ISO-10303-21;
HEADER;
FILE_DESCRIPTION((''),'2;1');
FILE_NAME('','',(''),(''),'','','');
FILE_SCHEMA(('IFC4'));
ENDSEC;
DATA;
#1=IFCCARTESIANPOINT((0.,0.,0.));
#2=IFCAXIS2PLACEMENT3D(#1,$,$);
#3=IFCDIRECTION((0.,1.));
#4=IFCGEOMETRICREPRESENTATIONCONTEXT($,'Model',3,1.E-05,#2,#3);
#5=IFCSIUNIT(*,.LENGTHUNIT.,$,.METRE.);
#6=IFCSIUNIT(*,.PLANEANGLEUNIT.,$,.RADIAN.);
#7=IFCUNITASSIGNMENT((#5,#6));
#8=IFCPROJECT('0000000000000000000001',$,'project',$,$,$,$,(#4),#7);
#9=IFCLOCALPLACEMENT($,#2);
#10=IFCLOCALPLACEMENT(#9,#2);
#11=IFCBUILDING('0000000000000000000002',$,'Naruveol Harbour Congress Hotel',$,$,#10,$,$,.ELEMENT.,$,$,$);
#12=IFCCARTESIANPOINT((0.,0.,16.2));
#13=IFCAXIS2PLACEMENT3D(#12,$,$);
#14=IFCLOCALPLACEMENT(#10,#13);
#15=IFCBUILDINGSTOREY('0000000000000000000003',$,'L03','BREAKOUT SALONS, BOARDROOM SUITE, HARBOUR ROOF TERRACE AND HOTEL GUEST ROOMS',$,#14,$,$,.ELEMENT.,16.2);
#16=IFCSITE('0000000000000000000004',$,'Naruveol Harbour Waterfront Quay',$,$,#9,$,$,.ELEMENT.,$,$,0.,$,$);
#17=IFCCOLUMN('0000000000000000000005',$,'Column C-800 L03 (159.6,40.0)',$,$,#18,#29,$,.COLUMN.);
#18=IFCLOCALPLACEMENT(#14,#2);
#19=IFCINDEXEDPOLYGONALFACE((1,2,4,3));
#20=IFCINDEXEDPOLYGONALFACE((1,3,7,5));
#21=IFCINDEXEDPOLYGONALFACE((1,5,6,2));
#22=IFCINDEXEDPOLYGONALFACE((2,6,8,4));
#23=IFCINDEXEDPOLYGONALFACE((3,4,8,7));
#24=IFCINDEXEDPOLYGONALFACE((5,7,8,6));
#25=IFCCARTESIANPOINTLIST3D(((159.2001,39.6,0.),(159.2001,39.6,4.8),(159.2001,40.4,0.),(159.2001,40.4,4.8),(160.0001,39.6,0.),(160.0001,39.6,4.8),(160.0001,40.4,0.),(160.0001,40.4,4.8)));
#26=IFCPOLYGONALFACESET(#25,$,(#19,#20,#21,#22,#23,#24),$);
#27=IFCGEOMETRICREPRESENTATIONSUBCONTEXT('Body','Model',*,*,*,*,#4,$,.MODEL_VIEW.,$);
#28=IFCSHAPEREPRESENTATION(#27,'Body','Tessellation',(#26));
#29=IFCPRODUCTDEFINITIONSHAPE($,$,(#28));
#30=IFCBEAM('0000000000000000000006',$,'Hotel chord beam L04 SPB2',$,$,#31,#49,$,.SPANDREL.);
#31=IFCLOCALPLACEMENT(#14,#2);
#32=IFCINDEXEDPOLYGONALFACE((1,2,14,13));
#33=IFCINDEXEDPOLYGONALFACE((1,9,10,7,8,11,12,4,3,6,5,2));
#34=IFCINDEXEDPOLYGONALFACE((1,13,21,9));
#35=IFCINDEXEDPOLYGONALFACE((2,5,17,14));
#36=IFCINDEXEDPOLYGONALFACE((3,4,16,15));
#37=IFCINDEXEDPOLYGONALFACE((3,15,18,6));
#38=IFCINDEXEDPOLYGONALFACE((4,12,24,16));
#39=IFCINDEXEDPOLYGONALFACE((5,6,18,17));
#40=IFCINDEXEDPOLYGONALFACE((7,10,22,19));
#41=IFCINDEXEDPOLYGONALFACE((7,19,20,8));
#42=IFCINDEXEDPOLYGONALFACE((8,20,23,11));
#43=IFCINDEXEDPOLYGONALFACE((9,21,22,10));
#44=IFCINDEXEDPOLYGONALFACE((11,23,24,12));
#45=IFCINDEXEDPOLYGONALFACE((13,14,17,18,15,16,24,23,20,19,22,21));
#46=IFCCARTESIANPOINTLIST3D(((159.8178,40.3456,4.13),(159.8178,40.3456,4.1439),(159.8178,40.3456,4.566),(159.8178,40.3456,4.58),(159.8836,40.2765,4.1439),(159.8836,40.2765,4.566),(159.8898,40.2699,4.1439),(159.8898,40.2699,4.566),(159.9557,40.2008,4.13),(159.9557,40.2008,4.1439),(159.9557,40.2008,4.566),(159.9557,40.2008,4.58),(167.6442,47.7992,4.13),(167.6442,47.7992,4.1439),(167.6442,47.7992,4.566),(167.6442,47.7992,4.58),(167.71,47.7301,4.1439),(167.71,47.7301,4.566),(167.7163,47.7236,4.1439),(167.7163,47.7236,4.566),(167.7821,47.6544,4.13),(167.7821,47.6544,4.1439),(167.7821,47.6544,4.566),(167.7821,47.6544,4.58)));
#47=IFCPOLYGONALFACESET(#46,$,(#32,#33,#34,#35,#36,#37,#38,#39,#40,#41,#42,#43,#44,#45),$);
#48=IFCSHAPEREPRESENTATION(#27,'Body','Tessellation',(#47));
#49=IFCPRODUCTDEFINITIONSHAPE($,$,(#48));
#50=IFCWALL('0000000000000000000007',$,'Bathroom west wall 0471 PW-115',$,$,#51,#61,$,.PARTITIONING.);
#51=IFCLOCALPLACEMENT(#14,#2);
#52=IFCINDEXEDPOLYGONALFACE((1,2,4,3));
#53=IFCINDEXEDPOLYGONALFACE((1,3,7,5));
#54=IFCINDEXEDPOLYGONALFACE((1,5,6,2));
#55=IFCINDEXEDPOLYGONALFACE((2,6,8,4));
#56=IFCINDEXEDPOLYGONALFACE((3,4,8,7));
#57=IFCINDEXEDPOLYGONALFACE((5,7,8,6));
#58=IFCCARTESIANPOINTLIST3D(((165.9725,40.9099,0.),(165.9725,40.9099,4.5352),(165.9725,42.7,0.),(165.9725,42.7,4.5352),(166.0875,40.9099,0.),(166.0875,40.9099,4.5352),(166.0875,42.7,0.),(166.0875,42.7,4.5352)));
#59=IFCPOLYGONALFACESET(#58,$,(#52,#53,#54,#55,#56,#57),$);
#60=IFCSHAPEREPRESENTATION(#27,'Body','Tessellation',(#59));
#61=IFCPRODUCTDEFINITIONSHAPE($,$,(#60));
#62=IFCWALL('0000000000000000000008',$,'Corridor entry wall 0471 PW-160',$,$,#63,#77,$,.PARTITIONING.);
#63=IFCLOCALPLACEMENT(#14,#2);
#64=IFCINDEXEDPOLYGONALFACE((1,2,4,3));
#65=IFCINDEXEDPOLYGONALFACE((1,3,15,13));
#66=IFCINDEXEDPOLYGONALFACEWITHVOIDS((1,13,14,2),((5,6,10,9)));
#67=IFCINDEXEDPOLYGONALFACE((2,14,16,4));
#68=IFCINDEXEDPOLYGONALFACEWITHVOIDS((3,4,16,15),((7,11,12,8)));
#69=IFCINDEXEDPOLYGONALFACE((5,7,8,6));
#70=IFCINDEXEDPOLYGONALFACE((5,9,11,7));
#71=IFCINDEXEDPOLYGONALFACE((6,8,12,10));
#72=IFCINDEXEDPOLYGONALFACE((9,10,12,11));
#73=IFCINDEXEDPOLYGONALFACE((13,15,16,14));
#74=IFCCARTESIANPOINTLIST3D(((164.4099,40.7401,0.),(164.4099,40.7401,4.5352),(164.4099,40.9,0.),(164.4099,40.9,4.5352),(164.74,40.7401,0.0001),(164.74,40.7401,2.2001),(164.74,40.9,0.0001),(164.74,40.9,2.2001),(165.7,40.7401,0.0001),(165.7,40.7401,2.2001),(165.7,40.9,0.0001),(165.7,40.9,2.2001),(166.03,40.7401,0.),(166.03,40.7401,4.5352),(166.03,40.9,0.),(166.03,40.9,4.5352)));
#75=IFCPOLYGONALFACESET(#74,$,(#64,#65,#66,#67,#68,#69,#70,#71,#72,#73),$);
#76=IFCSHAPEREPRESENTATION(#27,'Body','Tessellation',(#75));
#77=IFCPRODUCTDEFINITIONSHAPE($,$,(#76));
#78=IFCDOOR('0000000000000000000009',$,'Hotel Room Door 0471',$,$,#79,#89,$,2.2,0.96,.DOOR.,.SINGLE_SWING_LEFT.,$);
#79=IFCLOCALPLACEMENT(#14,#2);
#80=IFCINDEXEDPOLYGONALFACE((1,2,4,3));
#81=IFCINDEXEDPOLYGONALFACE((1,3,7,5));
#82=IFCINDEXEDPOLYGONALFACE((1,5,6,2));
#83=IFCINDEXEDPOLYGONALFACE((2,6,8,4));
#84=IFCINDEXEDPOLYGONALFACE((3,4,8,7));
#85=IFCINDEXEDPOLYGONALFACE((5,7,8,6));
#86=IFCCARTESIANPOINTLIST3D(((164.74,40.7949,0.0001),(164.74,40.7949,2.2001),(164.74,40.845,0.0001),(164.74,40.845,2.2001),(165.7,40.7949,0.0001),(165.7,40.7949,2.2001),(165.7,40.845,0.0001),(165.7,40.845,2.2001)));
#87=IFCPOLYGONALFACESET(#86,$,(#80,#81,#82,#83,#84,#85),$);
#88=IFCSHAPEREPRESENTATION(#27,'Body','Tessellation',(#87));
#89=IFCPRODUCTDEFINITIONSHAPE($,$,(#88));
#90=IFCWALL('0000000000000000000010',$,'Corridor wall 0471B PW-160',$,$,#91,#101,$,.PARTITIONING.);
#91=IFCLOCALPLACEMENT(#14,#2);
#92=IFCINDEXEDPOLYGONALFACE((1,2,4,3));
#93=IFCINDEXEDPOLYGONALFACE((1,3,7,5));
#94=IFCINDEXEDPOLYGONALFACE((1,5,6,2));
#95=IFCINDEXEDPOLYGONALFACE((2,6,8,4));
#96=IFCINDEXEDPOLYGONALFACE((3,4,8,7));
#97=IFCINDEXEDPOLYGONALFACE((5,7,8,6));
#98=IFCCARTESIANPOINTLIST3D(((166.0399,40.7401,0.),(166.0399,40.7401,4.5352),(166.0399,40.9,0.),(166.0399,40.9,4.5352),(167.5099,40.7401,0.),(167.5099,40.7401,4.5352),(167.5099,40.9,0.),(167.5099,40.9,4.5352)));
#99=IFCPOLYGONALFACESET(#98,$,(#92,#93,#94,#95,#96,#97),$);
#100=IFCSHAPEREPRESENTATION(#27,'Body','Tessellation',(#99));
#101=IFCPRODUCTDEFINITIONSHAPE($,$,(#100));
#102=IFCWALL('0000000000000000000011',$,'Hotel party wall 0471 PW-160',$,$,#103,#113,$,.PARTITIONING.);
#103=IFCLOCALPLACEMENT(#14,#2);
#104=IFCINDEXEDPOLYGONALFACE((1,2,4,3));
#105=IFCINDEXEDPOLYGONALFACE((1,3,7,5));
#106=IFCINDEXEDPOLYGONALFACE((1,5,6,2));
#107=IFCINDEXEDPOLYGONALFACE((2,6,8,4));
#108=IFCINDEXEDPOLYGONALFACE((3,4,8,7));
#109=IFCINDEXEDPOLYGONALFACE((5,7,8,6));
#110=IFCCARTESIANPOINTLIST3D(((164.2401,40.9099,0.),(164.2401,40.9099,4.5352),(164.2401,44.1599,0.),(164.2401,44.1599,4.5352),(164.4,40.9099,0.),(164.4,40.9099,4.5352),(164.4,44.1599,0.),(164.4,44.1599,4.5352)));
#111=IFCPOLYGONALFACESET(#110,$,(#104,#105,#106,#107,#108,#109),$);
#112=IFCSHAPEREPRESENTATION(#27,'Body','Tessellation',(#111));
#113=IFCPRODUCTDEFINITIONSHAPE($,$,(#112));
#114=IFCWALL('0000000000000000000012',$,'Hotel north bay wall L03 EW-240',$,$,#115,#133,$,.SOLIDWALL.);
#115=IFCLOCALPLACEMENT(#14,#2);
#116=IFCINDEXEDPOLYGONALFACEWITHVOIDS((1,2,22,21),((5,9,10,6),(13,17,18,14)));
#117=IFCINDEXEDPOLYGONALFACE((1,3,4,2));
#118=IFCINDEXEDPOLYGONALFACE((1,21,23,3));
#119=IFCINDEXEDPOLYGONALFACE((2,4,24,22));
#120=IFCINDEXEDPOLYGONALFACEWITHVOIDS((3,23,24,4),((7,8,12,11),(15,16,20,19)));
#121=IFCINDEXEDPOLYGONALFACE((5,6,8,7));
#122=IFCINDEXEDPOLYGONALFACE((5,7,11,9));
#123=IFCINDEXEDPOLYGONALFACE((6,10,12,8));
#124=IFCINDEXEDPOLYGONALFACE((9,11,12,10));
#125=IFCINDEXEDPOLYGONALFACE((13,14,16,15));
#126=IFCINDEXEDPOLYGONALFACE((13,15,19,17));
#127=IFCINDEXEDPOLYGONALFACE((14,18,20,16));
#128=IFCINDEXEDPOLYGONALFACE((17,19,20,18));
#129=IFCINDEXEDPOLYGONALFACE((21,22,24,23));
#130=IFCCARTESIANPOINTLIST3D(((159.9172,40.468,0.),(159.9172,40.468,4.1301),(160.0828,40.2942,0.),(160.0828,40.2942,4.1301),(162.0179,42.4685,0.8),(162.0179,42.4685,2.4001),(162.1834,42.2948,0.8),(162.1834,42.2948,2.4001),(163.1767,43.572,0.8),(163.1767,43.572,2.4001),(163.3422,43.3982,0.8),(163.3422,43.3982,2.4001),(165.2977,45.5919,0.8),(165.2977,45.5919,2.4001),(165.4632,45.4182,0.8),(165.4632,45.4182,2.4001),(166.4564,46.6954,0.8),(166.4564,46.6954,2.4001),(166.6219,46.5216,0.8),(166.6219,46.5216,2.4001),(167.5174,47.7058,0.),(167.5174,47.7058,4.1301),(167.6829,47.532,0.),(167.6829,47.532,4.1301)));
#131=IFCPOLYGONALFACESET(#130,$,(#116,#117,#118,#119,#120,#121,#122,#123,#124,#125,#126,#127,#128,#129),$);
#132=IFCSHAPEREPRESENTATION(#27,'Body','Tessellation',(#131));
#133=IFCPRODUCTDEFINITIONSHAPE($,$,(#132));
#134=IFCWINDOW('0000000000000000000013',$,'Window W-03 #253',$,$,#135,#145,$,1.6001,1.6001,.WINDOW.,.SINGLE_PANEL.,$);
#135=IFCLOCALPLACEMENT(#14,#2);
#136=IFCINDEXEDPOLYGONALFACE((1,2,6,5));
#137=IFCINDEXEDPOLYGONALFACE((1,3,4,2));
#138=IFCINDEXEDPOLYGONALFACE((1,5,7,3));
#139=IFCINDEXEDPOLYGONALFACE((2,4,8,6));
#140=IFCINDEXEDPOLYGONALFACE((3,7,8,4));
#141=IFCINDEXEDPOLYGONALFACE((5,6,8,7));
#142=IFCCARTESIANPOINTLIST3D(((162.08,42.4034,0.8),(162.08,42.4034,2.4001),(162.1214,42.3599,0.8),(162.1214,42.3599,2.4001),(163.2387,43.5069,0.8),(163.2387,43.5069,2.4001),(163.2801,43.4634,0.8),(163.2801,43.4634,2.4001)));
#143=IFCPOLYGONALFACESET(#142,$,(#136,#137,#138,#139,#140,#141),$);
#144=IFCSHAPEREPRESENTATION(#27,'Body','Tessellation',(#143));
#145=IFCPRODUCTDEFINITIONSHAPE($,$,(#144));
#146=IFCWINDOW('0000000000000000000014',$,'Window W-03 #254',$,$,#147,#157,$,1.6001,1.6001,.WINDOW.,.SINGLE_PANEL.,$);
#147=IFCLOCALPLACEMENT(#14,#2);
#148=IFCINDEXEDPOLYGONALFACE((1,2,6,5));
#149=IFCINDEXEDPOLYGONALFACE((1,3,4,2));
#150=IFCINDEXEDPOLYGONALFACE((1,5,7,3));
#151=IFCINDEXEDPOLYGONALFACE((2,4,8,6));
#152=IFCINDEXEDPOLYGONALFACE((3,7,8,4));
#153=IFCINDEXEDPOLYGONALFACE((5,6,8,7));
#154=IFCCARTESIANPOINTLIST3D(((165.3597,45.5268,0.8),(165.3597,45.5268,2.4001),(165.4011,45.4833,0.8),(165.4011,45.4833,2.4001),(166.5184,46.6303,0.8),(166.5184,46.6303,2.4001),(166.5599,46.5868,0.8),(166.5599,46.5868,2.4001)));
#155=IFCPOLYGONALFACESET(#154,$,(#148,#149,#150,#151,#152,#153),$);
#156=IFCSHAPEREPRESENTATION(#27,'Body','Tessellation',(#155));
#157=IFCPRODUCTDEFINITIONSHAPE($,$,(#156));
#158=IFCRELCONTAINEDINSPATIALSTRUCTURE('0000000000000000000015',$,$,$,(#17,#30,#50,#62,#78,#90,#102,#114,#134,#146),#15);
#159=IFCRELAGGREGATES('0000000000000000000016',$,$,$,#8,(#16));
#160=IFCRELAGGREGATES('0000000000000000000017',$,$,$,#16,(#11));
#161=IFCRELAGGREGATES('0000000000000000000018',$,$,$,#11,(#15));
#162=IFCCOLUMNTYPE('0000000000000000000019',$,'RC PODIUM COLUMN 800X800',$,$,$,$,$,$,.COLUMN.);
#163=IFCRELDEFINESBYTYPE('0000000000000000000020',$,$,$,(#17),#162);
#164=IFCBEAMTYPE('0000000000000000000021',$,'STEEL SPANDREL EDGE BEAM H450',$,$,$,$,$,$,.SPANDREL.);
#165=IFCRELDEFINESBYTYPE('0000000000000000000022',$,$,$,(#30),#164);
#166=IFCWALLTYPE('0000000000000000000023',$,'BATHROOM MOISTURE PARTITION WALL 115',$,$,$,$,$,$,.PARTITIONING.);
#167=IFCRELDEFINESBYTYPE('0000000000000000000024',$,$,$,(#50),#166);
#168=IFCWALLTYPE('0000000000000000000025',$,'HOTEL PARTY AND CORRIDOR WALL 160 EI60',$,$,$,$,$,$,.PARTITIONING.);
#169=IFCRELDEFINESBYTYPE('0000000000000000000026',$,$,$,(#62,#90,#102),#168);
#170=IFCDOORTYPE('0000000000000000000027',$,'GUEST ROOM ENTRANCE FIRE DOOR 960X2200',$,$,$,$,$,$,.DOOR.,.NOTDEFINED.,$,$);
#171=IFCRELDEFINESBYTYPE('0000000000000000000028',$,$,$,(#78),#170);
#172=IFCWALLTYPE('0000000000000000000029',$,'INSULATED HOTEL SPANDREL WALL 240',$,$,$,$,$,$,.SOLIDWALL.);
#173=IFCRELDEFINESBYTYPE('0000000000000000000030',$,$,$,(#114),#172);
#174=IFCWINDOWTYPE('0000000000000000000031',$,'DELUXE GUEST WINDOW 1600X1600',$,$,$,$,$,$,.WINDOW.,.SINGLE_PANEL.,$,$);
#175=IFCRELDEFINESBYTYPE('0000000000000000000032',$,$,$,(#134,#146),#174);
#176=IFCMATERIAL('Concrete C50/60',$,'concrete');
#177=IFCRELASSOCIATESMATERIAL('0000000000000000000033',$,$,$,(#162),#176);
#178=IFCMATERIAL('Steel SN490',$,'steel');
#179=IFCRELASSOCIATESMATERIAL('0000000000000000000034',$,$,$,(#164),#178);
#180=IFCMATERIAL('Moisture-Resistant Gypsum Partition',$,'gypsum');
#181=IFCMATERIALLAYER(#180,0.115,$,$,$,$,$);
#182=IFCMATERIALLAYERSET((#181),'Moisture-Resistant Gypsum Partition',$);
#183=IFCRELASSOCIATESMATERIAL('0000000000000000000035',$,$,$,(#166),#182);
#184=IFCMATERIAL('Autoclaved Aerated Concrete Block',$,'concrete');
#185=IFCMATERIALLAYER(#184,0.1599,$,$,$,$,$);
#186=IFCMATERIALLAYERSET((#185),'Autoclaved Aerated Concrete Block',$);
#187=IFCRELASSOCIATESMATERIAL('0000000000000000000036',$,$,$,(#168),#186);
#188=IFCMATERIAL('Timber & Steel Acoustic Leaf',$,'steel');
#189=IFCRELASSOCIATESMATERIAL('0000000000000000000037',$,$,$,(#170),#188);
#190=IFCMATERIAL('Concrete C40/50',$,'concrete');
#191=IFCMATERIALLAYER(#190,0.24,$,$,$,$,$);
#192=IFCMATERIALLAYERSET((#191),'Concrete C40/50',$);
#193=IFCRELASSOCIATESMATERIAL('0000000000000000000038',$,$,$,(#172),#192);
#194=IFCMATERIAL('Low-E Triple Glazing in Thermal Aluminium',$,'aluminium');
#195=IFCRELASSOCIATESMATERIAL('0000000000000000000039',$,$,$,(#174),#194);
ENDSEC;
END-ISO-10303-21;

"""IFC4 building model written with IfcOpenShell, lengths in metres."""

from ifc_helpers import new_model, si_unit, direction, frame, frame_2d, origin, origin_2d, place, context, subcontext, project, spatial, rectangle, i_section, extrude, material, layer, layer_set, material_profile, profile_set, type_object, element, fill, save


model = new_model("IFC4")

# Units and contexts
model_context = context("Model", 3, precision=1e-05, world=origin(), true_north=direction((0.0, 1.0)))
body_context = subcontext(model_context, "Body", "Model", "MODEL_VIEW")
ifc_project = project(units=[si_unit("LENGTHUNIT", "METRE"), si_unit("PLANEANGLEUNIT", "RADIAN")], contexts=[model_context])

# Site, building, storey
site_placement = place(None, origin())
site = spatial("IfcSite", under=ifc_project, at=site_placement, Name="Naruveol Harbour Waterfront Quay", CompositionType="ELEMENT", RefElevation=0.0)
building_placement = place(site_placement, origin())
building = spatial("IfcBuilding", under=site, at=building_placement, Name="Naruveol Harbour Congress Hotel", CompositionType="ELEMENT")
storey_placement = place(building_placement, frame((0.0, 0.0, 16.2)))
storey = spatial("IfcBuildingStorey", under=building, at=storey_placement, Name="L03", Description="BREAKOUT SALONS, BOARDROOM SUITE, HARBOUR ROOF TERRACE AND HOTEL GUEST ROOMS", CompositionType="ELEMENT", Elevation=16.2)

# Column
ifc_material_1 = material(Name="Concrete C50/60", Category="concrete")
ifc_material_profile_1 = material_profile(ifc_material_1, rectangle(XDim=0.8, YDim=0.8, at=origin_2d()), Name="RC-800x800")
ifc_profile_set_1 = profile_set([ifc_material_profile_1], Name="Concrete C50/60")
column_type = type_object("IfcColumnType", Name="RC PODIUM COLUMN 800X800", PredefinedType="COLUMN", material=ifc_profile_set_1)
column_placement = place(storey_placement, frame((159.6001, 40.0, 0.0), z_axis=(0.0, 0.0, 1.0), x_axis=(1.0, 0.0, 0.0)))
element("IfcColumn", 1, at=column_placement, inside=storey, type_object=column_type, Name="Column C-800 L03 (159.6,40.0)", PredefinedType="COLUMN", context=body_context, shape_type="SweptSolid", body=[
    extrude(rectangle(XDim=0.8, YDim=0.8, at=origin_2d()), origin(), (0.0, 0.0, 1.0), 4.8),
])

# Beam
ifc_material_2 = material(Name="Steel SN490", Category="steel")
ifc_material_profile_2 = material_profile(ifc_material_2, i_section(OverallWidth=0.2, OverallDepth=0.45, WebThickness=0.009, FlangeThickness=0.0139, at=origin_2d()), Name="H-450x200x9x14")
ifc_profile_set_2 = profile_set([ifc_material_profile_2], Name="Steel SN490")
beam_type = type_object("IfcBeamType", Name="STEEL SPANDREL EDGE BEAM H450", PredefinedType="SPANDREL", material=ifc_profile_set_2)
beam_placement = place(storey_placement, frame((159.8867, 40.2732, 4.355), z_axis=(0.724143, 0.68965, 0.0), x_axis=(-0.68965, 0.724143, 0.0)))
element("IfcBeam", 2, at=beam_placement, inside=storey, type_object=beam_type, Name="Hotel chord beam L04 SPB2", PredefinedType="SPANDREL", context=body_context, shape_type="SweptSolid", body=[
    extrude(i_section(OverallWidth=0.2, OverallDepth=0.45, WebThickness=0.009, FlangeThickness=0.0139, at=origin_2d()), origin(), (0.0, 0.0, 1.0), 10.8079),
])

# Shared definitions
ifc_material_3 = material(Name="Moisture-Resistant Gypsum Partition", Category="gypsum")
ifc_layer_1 = layer(ifc_material_3, 0.115)
ifc_layer_set_1 = layer_set([ifc_layer_1], Name="Moisture-Resistant Gypsum Partition")
wall_type_1 = type_object("IfcWallType", Name="BATHROOM MOISTURE PARTITION WALL 115", PredefinedType="PARTITIONING", material=ifc_layer_set_1)

# Wall
wall_1_placement = place(storey_placement, frame((166.03, 40.9099, 0.0), z_axis=(0.0, 0.0, 1.0), x_axis=(0.0, 1.0, 0.0)))
element("IfcWall", 3, at=wall_1_placement, inside=storey, type_object=wall_type_1, Name="Bathroom west wall 0471 PW-115", PredefinedType="PARTITIONING", context=body_context, shape_type="SweptSolid", body=[
    extrude(rectangle(XDim=1.79, YDim=0.115, at=frame_2d((0.895, 0.0))), origin(), (0.0, 0.0, 1.0), 4.5352),
])

# Wall, opening, door
ifc_material_4 = material(Name="Autoclaved Aerated Concrete Block", Category="concrete")
ifc_layer_2 = layer(ifc_material_4, 0.1599)
ifc_layer_set_2 = layer_set([ifc_layer_2], Name="Autoclaved Aerated Concrete Block")
wall_type_2 = type_object("IfcWallType", Name="HOTEL PARTY AND CORRIDOR WALL 160 EI60", PredefinedType="PARTITIONING", material=ifc_layer_set_2)
wall_2_placement = place(storey_placement, frame((164.4099, 40.8201, 0.0), z_axis=(0.0, 0.0, 1.0), x_axis=(1.0, 0.0, 0.0)))
wall_2 = element("IfcWall", 4, at=wall_2_placement, inside=storey, type_object=wall_type_2, Name="Corridor entry wall 0471 PW-160", PredefinedType="PARTITIONING", context=body_context, shape_type="SweptSolid", body=[
    extrude(rectangle(XDim=1.6201, YDim=0.1599, at=frame_2d((0.8101, 0.0))), origin(), (0.0, 0.0, 1.0), 4.5352),
])
opening_1_placement = place(wall_2_placement, frame((0.3301, 0.0, 0.0)))
opening_1 = element("IfcOpeningElement", 5, at=opening_1_placement, cuts=wall_2, PredefinedType="OPENING", context=body_context, shape_type="SweptSolid", body=[
    extrude(rectangle(XDim=0.96, YDim=2.2, at=frame_2d((0.48, 1.1001))), frame((0.0, 0.0898, 0.0), z_axis=(0.0, -1.0, 0.0), x_axis=(1.0, 0.0, 0.0)), (0.0, 0.0, 1.0), 0.1799),
])
ifc_material_5 = material(Name="Timber & Steel Acoustic Leaf", Category="steel")
door_type_1 = type_object("IfcDoorType", Name="GUEST ROOM ENTRANCE FIRE DOOR 960X2200", OperationType="NOTDEFINED", PredefinedType="DOOR", material=ifc_material_5)
door_1_placement = place(opening_1_placement, origin())
door_1 = element("IfcDoor", 6, at=door_1_placement, inside=storey, type_object=door_type_1, Name="Hotel Room Door 0471", OperationType="SINGLE_SWING_LEFT", OverallHeight=2.2, OverallWidth=0.96, PredefinedType="DOOR", context=body_context, shape_type="SweptSolid", body=[
    extrude(rectangle(XDim=0.96, YDim=2.2, at=frame_2d((0.48, 1.1001))), frame((0.0, 0.0249, 0.0), z_axis=(0.0, -1.0, 0.0), x_axis=(1.0, 0.0, 0.0)), (0.0, 0.0, 1.0), 0.05),
])
fill(opening_1, door_1)

# Walls
wall_3_placement = place(storey_placement, frame((166.04, 40.8201, 0.0), z_axis=(0.0, 0.0, 1.0), x_axis=(1.0, 0.0, 0.0)))
element("IfcWall", 7, at=wall_3_placement, inside=storey, type_object=wall_type_2, Name="Corridor wall 0471B PW-160", PredefinedType="PARTITIONING", context=body_context, shape_type="SweptSolid", body=[
    extrude(rectangle(XDim=1.47, YDim=0.1599, at=frame_2d((0.7349, 0.0))), origin(), (0.0, 0.0, 1.0), 4.5352),
])
wall_4_placement = place(storey_placement, frame((164.3201, 40.9099, 0.0), z_axis=(0.0, 0.0, 1.0), x_axis=(0.0, 1.0, 0.0)))
element("IfcWall", 8, at=wall_4_placement, inside=storey, type_object=wall_type_2, Name="Hotel party wall 0471 PW-160", PredefinedType="PARTITIONING", context=body_context, shape_type="SweptSolid", body=[
    extrude(rectangle(XDim=3.25, YDim=0.1599, at=frame_2d((1.625, 0.0))), origin(), (0.0, 0.0, 1.0), 4.5352),
])

# Wall, openings, windows
ifc_material_6 = material(Name="Concrete C40/50", Category="concrete")
ifc_layer_3 = layer(ifc_material_6, 0.24)
ifc_layer_set_3 = layer_set([ifc_layer_3], Name="Concrete C40/50")
wall_type_3 = type_object("IfcWallType", Name="INSULATED HOTEL SPANDREL WALL 240", PredefinedType="SOLIDWALL", material=ifc_layer_set_3)
wall_5_placement = place(storey_placement, frame((160.0, 40.3811, 0.0), z_axis=(0.0, 0.0, 1.0), x_axis=(0.724157, 0.689635, 0.0)))
wall_5 = element("IfcWall", 9, at=wall_5_placement, inside=storey, type_object=wall_type_3, Name="Hotel north bay wall L03 EW-240", PredefinedType="SOLIDWALL", context=body_context, shape_type="SweptSolid", body=[
    extrude(rectangle(XDim=10.4951, YDim=0.24, at=frame_2d((5.2476, 0.0))), origin(), (0.0, 0.0, 1.0), 4.1301),
])
opening_2_placement = place(wall_5_placement, frame((2.9009, 0.0, 0.8)))
opening_2 = element("IfcOpeningElement", 10, at=opening_2_placement, cuts=wall_5, PredefinedType="OPENING", context=body_context, shape_type="SweptSolid", body=[
    extrude(rectangle(XDim=1.6001, YDim=1.6001, at=frame_2d((0.8, 0.8))), frame((0.0, 0.1299, 0.0), z_axis=(0.0, -1.0, 0.0), x_axis=(1.0, 0.0, 0.0)), (0.0, 0.0, 1.0), 0.26),
])
opening_3_placement = place(wall_5_placement, frame((7.4299, 0.0, 0.8)))
opening_3 = element("IfcOpeningElement", 11, at=opening_3_placement, cuts=wall_5, PredefinedType="OPENING", context=body_context, shape_type="SweptSolid", body=[
    extrude(rectangle(XDim=1.6001, YDim=1.6001, at=frame_2d((0.8, 0.8))), frame((0.0, 0.1299, 0.0), z_axis=(0.0, -1.0, 0.0), x_axis=(1.0, 0.0, 0.0)), (0.0, 0.0, 1.0), 0.26),
])
ifc_material_7 = material(Name="Low-E Triple Glazing in Thermal Aluminium", Category="aluminium")
window_type = type_object("IfcWindowType", Name="DELUXE GUEST WINDOW 1600X1600", PartitioningType="SINGLE_PANEL", PredefinedType="WINDOW", material=ifc_material_7)
window_1_placement = place(opening_2_placement, origin())
window_1 = element("IfcWindow", 12, at=window_1_placement, inside=storey, type_object=window_type, Name="Window W-03 #253", OverallHeight=1.6001, OverallWidth=1.6001, PartitioningType="SINGLE_PANEL", PredefinedType="WINDOW", context=body_context, shape_type="SweptSolid", body=[
    extrude(rectangle(XDim=1.6001, YDim=1.6001, at=frame_2d((0.8, 0.8))), frame((0.0, 0.03, 0.0), z_axis=(0.0, -1.0, 0.0), x_axis=(1.0, 0.0, 0.0)), (0.0, 0.0, 1.0), 0.0601),
])
fill(opening_2, window_1)
window_2_placement = place(opening_3_placement, origin())
window_2 = element("IfcWindow", 13, at=window_2_placement, inside=storey, type_object=window_type, Name="Window W-03 #254", OverallHeight=1.6001, OverallWidth=1.6001, PartitioningType="SINGLE_PANEL", PredefinedType="WINDOW", context=body_context, shape_type="SweptSolid", body=[
    extrude(rectangle(XDim=1.6001, YDim=1.6001, at=frame_2d((0.8, 0.8))), frame((0.0, 0.03, 0.0), z_axis=(0.0, -1.0, 0.0), x_axis=(1.0, 0.0, 0.0)), (0.0, 0.0, 1.0), 0.0601),
])
fill(opening_3, window_2)

save(model, "model.ifc")
